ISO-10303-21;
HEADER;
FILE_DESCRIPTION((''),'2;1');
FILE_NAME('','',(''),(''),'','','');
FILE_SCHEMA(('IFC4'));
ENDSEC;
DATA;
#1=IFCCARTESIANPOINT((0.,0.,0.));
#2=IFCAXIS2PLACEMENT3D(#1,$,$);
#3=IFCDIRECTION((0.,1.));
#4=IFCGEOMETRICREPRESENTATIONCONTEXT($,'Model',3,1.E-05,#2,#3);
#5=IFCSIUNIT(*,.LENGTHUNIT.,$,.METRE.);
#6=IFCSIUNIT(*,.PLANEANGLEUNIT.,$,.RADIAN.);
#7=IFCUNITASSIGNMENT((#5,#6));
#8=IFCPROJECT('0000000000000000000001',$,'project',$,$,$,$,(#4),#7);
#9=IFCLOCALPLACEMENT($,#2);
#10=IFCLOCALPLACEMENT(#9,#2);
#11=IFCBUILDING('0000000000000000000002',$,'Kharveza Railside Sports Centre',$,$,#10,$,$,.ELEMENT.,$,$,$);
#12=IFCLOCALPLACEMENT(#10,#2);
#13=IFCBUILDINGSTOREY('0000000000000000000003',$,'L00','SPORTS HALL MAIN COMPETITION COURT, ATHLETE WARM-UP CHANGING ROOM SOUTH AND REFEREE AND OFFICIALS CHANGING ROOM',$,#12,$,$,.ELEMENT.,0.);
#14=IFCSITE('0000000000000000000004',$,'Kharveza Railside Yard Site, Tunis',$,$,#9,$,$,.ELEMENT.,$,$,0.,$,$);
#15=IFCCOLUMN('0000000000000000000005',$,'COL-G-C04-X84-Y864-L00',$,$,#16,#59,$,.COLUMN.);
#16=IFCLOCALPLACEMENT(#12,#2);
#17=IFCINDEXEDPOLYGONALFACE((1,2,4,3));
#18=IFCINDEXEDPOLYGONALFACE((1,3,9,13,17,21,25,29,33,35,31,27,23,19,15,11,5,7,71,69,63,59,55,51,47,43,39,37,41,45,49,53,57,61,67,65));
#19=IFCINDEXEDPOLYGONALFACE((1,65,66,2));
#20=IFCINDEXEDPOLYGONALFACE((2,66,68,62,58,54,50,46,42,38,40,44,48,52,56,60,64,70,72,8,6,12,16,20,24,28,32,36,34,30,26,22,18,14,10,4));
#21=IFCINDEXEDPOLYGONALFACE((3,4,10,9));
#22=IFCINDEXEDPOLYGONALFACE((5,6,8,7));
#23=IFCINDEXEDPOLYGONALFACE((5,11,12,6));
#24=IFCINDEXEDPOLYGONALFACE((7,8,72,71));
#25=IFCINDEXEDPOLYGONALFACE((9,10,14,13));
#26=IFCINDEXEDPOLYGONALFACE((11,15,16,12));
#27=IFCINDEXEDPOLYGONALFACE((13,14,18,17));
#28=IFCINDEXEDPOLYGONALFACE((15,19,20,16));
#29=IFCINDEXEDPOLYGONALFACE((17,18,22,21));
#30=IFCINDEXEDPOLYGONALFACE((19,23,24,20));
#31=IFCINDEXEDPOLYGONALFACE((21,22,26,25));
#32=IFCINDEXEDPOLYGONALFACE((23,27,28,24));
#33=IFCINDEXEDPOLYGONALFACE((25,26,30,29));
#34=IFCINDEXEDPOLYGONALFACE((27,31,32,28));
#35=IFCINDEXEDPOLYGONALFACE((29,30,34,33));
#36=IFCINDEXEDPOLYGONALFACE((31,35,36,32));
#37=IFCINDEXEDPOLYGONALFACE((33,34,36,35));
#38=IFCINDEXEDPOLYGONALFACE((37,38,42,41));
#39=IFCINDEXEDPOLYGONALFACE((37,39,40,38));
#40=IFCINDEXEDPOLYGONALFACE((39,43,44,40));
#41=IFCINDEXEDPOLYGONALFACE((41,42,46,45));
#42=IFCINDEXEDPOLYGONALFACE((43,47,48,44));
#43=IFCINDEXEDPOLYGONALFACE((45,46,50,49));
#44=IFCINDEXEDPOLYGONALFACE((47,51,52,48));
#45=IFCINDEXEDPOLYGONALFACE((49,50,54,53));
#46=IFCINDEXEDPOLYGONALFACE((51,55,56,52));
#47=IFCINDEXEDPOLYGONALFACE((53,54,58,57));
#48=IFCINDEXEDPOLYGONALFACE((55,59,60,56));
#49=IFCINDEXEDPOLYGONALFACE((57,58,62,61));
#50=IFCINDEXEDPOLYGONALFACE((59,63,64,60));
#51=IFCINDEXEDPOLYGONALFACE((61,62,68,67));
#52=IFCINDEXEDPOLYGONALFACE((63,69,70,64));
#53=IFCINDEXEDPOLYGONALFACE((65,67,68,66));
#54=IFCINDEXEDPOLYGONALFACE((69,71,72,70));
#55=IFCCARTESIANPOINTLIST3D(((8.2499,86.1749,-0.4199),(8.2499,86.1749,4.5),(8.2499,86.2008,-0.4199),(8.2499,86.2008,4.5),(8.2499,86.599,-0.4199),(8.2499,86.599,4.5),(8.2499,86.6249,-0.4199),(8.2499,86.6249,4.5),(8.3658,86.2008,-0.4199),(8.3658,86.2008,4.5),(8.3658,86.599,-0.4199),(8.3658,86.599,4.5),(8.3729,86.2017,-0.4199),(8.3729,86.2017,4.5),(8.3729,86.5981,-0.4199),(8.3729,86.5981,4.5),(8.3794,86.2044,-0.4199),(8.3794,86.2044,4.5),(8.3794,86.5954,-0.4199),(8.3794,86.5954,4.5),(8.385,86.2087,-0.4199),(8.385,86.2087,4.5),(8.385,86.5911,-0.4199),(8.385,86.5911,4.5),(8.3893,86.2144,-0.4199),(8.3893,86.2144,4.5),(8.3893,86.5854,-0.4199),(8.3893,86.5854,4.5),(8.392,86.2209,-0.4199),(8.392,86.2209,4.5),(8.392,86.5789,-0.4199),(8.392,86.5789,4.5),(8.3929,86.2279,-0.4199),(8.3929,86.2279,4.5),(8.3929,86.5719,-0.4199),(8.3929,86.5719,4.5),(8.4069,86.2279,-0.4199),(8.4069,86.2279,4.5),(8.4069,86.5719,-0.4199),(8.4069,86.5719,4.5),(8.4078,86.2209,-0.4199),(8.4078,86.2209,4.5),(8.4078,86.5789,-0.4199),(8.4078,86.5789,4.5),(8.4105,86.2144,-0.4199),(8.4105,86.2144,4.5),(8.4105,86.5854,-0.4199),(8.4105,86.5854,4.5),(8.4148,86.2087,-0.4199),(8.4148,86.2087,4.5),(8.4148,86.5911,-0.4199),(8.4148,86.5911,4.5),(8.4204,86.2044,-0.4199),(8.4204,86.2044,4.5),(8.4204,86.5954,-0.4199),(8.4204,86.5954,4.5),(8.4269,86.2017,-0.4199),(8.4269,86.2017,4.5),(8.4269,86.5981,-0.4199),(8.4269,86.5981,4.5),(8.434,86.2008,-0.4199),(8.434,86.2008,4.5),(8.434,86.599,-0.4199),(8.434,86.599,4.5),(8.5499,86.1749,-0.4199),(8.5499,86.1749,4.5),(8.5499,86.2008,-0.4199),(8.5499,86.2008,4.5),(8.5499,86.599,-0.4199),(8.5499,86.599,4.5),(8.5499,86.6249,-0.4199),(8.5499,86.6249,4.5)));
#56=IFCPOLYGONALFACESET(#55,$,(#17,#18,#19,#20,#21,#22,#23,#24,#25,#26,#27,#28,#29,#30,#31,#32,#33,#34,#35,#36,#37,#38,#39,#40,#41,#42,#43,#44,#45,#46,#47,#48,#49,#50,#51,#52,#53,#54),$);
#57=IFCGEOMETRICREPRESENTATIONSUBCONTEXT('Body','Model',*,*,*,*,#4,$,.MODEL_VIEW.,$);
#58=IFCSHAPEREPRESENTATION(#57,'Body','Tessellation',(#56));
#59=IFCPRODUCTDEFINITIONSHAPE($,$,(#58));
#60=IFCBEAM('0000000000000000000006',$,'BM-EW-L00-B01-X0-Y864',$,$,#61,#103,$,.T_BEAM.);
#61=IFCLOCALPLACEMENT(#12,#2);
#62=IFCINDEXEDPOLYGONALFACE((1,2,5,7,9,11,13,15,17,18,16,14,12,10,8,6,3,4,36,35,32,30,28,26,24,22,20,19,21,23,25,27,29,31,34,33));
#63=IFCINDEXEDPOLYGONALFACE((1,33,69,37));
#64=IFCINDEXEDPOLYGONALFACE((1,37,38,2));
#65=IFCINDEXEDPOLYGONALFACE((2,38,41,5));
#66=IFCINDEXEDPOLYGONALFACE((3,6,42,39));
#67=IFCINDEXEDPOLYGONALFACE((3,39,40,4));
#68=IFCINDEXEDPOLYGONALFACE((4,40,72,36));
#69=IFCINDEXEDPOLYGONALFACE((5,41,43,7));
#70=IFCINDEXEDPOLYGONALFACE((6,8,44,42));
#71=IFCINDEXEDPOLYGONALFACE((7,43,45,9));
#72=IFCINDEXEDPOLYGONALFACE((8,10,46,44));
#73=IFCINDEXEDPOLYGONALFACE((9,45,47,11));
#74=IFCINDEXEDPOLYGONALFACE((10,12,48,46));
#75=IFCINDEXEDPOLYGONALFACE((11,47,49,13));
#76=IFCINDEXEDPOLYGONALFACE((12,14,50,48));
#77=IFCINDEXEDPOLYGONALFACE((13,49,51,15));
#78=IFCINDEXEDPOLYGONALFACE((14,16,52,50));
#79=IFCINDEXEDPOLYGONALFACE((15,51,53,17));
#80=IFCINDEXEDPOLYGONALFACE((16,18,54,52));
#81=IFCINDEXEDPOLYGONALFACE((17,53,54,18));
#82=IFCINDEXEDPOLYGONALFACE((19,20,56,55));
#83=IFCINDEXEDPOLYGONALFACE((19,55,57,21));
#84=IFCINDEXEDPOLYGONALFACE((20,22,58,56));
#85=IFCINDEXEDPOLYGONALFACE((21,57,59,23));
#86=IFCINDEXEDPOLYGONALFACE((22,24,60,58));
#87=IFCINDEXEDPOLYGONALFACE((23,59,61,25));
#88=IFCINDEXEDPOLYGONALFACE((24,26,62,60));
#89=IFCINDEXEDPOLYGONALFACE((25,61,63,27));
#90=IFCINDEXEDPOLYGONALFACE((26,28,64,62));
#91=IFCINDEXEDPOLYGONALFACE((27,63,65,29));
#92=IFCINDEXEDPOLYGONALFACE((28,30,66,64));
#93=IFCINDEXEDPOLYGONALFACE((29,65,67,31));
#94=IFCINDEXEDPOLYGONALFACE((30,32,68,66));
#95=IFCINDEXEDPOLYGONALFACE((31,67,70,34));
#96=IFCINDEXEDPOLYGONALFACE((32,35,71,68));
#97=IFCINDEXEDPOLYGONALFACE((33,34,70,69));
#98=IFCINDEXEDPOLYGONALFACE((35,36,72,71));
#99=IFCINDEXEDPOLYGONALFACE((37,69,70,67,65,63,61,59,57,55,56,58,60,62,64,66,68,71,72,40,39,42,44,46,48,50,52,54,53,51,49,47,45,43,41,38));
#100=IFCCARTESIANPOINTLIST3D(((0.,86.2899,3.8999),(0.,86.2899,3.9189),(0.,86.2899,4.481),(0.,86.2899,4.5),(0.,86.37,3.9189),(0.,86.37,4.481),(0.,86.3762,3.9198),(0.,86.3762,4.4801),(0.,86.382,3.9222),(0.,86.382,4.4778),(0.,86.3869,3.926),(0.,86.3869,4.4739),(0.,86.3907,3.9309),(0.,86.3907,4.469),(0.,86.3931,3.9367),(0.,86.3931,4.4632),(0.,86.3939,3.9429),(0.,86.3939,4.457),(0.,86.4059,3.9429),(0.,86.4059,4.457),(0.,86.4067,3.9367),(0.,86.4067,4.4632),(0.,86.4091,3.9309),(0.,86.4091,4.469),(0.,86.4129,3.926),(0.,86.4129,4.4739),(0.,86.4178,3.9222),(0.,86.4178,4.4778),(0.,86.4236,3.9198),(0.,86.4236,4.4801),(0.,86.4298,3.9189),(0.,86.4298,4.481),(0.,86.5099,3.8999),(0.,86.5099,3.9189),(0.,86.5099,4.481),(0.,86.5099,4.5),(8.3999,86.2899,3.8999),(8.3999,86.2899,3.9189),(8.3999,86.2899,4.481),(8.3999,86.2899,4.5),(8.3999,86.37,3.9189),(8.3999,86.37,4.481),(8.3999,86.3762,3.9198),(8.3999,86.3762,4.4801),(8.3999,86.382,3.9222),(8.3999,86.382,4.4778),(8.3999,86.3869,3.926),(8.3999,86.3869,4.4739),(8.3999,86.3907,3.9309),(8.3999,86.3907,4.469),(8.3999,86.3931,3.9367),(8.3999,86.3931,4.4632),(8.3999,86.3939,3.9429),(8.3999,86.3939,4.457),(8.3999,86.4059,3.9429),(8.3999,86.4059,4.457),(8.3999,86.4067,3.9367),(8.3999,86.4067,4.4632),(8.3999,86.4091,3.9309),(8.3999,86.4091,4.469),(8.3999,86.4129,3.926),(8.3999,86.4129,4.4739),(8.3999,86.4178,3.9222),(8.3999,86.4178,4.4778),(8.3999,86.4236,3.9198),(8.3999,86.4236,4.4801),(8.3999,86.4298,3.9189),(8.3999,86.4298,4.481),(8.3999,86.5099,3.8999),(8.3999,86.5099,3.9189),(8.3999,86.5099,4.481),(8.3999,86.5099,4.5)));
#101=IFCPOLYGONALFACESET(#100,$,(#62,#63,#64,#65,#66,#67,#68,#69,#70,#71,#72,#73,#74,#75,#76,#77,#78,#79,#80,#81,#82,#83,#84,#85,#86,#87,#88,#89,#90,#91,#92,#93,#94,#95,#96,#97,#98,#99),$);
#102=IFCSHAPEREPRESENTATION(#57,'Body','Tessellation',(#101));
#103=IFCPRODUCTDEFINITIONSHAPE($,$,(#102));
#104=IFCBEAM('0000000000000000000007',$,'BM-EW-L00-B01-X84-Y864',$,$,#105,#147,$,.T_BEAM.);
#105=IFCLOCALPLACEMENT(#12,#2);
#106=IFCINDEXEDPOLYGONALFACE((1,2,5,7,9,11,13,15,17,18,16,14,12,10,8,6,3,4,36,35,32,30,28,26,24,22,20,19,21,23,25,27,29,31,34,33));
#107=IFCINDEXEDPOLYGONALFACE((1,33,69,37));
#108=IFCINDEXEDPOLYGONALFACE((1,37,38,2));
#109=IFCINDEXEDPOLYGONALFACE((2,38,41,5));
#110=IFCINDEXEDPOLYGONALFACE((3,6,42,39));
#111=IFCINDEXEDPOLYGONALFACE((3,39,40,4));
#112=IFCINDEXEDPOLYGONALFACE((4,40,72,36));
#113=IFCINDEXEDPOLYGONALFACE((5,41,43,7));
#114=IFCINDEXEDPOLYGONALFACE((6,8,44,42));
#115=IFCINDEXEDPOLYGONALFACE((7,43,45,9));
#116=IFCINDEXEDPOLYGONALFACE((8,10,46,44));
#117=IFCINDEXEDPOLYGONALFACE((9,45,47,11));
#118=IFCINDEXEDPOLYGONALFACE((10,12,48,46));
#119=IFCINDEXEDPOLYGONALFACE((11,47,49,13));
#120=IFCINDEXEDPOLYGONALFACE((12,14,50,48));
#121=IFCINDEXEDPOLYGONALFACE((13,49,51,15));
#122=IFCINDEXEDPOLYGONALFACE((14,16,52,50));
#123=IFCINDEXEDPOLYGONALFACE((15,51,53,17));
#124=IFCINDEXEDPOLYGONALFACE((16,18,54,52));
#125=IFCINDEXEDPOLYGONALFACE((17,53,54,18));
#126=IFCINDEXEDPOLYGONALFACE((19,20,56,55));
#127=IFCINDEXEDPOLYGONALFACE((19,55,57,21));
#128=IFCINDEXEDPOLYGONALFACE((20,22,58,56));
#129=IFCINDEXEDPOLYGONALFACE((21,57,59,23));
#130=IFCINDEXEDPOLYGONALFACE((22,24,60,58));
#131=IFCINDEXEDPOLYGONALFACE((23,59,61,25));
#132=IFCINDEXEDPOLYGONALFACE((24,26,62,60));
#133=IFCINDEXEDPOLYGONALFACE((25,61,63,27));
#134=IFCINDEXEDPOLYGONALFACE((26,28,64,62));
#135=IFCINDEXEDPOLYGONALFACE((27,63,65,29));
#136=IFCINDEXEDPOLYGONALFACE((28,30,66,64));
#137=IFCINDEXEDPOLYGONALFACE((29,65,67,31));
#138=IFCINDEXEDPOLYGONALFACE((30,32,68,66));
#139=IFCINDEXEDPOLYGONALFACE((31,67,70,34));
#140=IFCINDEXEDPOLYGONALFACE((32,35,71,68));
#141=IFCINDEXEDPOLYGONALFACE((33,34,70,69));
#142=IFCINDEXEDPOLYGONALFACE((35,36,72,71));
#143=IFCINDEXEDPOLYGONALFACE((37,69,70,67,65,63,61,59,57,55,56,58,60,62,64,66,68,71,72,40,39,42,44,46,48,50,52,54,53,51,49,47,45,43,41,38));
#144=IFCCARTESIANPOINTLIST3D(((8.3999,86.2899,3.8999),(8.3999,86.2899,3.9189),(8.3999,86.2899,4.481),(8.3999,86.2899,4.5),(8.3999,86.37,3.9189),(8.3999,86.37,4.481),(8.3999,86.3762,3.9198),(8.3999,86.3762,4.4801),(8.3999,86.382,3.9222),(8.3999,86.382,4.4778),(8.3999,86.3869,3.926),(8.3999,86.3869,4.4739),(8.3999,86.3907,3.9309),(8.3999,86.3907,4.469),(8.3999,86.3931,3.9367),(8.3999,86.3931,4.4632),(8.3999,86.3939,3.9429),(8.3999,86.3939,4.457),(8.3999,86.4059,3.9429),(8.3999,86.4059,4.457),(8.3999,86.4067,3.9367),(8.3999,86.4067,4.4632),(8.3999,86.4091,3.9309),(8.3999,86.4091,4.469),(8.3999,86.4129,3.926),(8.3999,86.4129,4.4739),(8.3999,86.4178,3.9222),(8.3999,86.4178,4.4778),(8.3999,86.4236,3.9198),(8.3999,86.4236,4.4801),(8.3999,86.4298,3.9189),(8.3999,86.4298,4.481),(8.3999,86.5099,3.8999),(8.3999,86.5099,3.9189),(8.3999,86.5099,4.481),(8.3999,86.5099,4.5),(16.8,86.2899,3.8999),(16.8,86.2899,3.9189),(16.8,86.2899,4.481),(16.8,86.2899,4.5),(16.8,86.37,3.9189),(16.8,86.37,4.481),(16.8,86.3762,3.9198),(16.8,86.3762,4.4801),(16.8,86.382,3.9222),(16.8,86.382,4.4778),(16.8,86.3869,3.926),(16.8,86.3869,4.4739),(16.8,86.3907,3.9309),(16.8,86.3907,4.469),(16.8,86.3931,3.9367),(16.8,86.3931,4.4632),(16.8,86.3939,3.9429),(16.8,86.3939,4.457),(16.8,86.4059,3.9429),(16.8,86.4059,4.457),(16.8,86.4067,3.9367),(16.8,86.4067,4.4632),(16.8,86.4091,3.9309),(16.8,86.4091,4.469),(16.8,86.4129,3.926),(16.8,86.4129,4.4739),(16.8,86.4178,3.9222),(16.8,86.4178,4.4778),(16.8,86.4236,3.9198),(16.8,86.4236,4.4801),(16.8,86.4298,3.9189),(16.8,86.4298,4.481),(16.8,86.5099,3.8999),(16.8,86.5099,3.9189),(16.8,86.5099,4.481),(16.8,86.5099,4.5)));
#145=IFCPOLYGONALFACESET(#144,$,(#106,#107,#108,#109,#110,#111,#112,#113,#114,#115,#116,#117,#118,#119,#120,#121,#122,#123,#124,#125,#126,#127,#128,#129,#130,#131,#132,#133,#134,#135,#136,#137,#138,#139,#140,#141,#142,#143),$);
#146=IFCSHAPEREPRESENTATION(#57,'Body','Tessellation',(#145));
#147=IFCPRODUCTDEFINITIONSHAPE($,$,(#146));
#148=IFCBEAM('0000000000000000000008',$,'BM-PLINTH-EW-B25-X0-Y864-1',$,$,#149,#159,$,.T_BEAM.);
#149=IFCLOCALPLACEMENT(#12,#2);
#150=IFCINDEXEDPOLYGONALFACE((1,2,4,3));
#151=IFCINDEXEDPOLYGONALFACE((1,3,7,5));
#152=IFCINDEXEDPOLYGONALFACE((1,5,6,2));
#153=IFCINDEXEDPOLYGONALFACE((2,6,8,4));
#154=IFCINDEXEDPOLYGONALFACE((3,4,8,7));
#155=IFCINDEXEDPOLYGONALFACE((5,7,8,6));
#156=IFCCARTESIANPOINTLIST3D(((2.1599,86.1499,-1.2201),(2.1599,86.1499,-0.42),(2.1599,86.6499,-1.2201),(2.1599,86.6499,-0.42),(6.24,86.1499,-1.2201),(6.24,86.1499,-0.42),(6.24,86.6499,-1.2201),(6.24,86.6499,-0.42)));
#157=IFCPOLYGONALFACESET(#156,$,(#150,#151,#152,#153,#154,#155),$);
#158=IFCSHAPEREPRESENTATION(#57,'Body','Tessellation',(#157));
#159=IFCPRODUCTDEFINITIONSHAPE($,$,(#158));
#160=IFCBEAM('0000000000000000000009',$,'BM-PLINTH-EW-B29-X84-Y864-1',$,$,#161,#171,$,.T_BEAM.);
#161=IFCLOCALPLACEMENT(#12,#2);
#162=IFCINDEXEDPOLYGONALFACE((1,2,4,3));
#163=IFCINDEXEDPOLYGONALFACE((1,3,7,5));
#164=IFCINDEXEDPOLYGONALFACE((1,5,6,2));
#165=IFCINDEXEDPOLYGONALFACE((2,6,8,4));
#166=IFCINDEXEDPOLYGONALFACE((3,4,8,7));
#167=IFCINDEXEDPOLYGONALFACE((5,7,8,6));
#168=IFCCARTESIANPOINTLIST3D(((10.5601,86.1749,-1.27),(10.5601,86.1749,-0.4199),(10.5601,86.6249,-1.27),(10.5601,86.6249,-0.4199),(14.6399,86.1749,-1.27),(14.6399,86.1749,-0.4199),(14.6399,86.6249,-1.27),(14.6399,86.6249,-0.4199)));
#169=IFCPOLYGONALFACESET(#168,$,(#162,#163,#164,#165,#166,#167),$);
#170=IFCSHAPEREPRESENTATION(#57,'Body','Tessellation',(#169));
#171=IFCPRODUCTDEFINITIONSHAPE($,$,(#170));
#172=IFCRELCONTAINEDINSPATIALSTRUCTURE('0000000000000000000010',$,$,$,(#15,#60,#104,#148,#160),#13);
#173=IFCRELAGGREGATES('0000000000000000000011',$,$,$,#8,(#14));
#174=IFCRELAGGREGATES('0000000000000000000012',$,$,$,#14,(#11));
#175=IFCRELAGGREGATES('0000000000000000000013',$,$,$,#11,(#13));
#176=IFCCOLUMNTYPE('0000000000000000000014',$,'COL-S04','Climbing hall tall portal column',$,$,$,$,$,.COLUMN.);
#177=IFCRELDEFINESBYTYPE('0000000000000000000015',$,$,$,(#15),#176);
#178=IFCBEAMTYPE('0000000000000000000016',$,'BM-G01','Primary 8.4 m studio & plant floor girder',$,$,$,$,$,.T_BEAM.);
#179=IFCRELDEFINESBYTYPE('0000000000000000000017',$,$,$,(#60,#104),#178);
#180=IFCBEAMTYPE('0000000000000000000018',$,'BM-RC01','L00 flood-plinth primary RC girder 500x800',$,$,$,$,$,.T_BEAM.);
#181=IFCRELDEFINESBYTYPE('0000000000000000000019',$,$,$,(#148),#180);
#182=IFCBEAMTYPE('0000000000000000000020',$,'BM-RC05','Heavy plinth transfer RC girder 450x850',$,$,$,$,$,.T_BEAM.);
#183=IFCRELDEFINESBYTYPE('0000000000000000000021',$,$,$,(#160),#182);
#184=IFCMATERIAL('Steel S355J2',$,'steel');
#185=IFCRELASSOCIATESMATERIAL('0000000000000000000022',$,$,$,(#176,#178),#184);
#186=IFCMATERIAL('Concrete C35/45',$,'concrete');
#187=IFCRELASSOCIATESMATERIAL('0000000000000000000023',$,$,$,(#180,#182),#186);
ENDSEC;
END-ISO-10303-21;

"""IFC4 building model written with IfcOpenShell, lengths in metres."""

from ifc_helpers import new_model, si_unit, direction, frame, origin, origin_2d, place, context, subcontext, project, spatial, rectangle, i_section, extrude, material, material_profile, profile_set, type_object, element, save


model = new_model("IFC4")

# Units and contexts
model_context = context("Model", 3, precision=1e-05, world=origin(), true_north=direction((0.0, 1.0)))
body_context = subcontext(model_context, "Body", "Model", "MODEL_VIEW")
ifc_project = project(units=[si_unit("LENGTHUNIT", "METRE"), si_unit("PLANEANGLEUNIT", "RADIAN")], contexts=[model_context])

# Site, building, storey
site_placement = place(None, origin())
site = spatial("IfcSite", under=ifc_project, at=site_placement, Name="Kharveza Railside Yard Site, Tunis", CompositionType="ELEMENT", RefElevation=0.0)
building_placement = place(site_placement, origin())
building = spatial("IfcBuilding", under=site, at=building_placement, Name="Kharveza Railside Sports Centre", CompositionType="ELEMENT")
storey_placement = place(building_placement, origin())
storey = spatial("IfcBuildingStorey", under=building, at=storey_placement, Name="L00", Description="SPORTS HALL MAIN COMPETITION COURT, ATHLETE WARM-UP CHANGING ROOM SOUTH AND REFEREE AND OFFICIALS CHANGING ROOM", CompositionType="ELEMENT", Elevation=0.0)

# Shared definitions
ifc_material_1 = material(Name="Concrete C35/45", Category="concrete")

# Column
ifc_material_2 = material(Name="Steel S355J2", Category="steel")
ifc_material_profile_1 = material_profile(ifc_material_2, i_section(OverallWidth=0.3, OverallDepth=0.45, WebThickness=0.0139, FlangeThickness=0.0259, FilletRadius=0.0271, at=origin_2d()), Name="HEB 450")
ifc_profile_set_1 = profile_set([ifc_material_profile_1], Name="Steel S355J2")
column_type = type_object("IfcColumnType", Name="COL-S04", Description="Climbing hall tall portal column", PredefinedType="COLUMN", material=ifc_profile_set_1)
for number, where, z_axis, x_axis, name in (
    (1, (8.3999, 86.3999, -0.4199), (0.0, 0.0, 1.0), (1.0, 0.0, 0.0), "COL-G-C04-X84-Y864-L00"),
):
    element("IfcColumn", number, at=place(storey_placement, frame(where, z_axis=z_axis, x_axis=x_axis)), inside=storey, type_object=column_type, Name=name, PredefinedType="COLUMN", context=body_context, shape_type="SweptSolid", body=[
        extrude(i_section(OverallWidth=0.3, OverallDepth=0.45, WebThickness=0.0139, FlangeThickness=0.0259, FilletRadius=0.0271, at=origin_2d()), origin(), (0.0, 0.0, 1.0), 4.9199),
    ])

# Beams
ifc_material_profile_2 = material_profile(ifc_material_2, i_section(OverallWidth=0.22, OverallDepth=0.6001, WebThickness=0.012, FlangeThickness=0.019, FilletRadius=0.0239, at=origin_2d()), Name="IPE 600")
ifc_profile_set_2 = profile_set([ifc_material_profile_2], Name="Steel S355J2")
beam_type_1 = type_object("IfcBeamType", Name="BM-G01", Description="Primary 8.4 m studio & plant floor girder", PredefinedType="T_BEAM", material=ifc_profile_set_2)
beam_1_placement = place(storey_placement, frame((0.0, 86.3999, 4.2), z_axis=(1.0, 0.0, 0.0), x_axis=(0.0, 1.0, 0.0)))
element("IfcBeam", 2, at=beam_1_placement, inside=storey, type_object=beam_type_1, Name="BM-EW-L00-B01-X0-Y864", PredefinedType="T_BEAM", context=body_context, shape_type="SweptSolid", body=[
    extrude(i_section(OverallWidth=0.22, OverallDepth=0.6001, WebThickness=0.012, FlangeThickness=0.019, FilletRadius=0.0239, at=origin_2d()), origin(), (0.0, 0.0, 1.0), 8.3999),
])
beam_2_placement = place(storey_placement, frame((8.3999, 86.3999, 4.2), z_axis=(1.0, 0.0, 0.0), x_axis=(0.0, 1.0, 0.0)))
element("IfcBeam", 3, at=beam_2_placement, inside=storey, type_object=beam_type_1, Name="BM-EW-L00-B01-X84-Y864", PredefinedType="T_BEAM", context=body_context, shape_type="SweptSolid", body=[
    extrude(i_section(OverallWidth=0.22, OverallDepth=0.6001, WebThickness=0.012, FlangeThickness=0.019, FilletRadius=0.0239, at=origin_2d()), origin(), (0.0, 0.0, 1.0), 8.4001),
])
ifc_material_profile_3 = material_profile(ifc_material_1, rectangle(XDim=0.5, YDim=0.8, at=origin_2d()), Name="RCB 500x800")
ifc_profile_set_3 = profile_set([ifc_material_profile_3], Name="Concrete C35/45")
beam_type_2 = type_object("IfcBeamType", Name="BM-RC01", Description="L00 flood-plinth primary RC girder 500x800", PredefinedType="T_BEAM", material=ifc_profile_set_3)
beam_3_placement = place(storey_placement, frame((2.1599, 86.3999, -0.8201), z_axis=(1.0, 0.0, 0.0), x_axis=(0.0, 1.0, 0.0)))
element("IfcBeam", 4, at=beam_3_placement, inside=storey, type_object=beam_type_2, Name="BM-PLINTH-EW-B25-X0-Y864-1", PredefinedType="T_BEAM", context=body_context, shape_type="SweptSolid", body=[
    extrude(rectangle(XDim=0.5, YDim=0.8, at=origin_2d()), origin(), (0.0, 0.0, 1.0), 4.0801),
])
ifc_material_profile_4 = material_profile(ifc_material_1, rectangle(XDim=0.45, YDim=0.8501, at=origin_2d()), Name="RCB 450x850")
ifc_profile_set_4 = profile_set([ifc_material_profile_4], Name="Concrete C35/45")
beam_type_3 = type_object("IfcBeamType", Name="BM-RC05", Description="Heavy plinth transfer RC girder 450x850", PredefinedType="T_BEAM", material=ifc_profile_set_4)
beam_4_placement = place(storey_placement, frame((10.5601, 86.3999, -0.845), z_axis=(1.0, 0.0, 0.0), x_axis=(0.0, 1.0, 0.0)))
element("IfcBeam", 5, at=beam_4_placement, inside=storey, type_object=beam_type_3, Name="BM-PLINTH-EW-B29-X84-Y864-1", PredefinedType="T_BEAM", context=body_context, shape_type="SweptSolid", body=[
    extrude(rectangle(XDim=0.45, YDim=0.8501, at=origin_2d()), origin(), (0.0, 0.0, 1.0), 4.0798),
])

save(model, "model.ifc")
